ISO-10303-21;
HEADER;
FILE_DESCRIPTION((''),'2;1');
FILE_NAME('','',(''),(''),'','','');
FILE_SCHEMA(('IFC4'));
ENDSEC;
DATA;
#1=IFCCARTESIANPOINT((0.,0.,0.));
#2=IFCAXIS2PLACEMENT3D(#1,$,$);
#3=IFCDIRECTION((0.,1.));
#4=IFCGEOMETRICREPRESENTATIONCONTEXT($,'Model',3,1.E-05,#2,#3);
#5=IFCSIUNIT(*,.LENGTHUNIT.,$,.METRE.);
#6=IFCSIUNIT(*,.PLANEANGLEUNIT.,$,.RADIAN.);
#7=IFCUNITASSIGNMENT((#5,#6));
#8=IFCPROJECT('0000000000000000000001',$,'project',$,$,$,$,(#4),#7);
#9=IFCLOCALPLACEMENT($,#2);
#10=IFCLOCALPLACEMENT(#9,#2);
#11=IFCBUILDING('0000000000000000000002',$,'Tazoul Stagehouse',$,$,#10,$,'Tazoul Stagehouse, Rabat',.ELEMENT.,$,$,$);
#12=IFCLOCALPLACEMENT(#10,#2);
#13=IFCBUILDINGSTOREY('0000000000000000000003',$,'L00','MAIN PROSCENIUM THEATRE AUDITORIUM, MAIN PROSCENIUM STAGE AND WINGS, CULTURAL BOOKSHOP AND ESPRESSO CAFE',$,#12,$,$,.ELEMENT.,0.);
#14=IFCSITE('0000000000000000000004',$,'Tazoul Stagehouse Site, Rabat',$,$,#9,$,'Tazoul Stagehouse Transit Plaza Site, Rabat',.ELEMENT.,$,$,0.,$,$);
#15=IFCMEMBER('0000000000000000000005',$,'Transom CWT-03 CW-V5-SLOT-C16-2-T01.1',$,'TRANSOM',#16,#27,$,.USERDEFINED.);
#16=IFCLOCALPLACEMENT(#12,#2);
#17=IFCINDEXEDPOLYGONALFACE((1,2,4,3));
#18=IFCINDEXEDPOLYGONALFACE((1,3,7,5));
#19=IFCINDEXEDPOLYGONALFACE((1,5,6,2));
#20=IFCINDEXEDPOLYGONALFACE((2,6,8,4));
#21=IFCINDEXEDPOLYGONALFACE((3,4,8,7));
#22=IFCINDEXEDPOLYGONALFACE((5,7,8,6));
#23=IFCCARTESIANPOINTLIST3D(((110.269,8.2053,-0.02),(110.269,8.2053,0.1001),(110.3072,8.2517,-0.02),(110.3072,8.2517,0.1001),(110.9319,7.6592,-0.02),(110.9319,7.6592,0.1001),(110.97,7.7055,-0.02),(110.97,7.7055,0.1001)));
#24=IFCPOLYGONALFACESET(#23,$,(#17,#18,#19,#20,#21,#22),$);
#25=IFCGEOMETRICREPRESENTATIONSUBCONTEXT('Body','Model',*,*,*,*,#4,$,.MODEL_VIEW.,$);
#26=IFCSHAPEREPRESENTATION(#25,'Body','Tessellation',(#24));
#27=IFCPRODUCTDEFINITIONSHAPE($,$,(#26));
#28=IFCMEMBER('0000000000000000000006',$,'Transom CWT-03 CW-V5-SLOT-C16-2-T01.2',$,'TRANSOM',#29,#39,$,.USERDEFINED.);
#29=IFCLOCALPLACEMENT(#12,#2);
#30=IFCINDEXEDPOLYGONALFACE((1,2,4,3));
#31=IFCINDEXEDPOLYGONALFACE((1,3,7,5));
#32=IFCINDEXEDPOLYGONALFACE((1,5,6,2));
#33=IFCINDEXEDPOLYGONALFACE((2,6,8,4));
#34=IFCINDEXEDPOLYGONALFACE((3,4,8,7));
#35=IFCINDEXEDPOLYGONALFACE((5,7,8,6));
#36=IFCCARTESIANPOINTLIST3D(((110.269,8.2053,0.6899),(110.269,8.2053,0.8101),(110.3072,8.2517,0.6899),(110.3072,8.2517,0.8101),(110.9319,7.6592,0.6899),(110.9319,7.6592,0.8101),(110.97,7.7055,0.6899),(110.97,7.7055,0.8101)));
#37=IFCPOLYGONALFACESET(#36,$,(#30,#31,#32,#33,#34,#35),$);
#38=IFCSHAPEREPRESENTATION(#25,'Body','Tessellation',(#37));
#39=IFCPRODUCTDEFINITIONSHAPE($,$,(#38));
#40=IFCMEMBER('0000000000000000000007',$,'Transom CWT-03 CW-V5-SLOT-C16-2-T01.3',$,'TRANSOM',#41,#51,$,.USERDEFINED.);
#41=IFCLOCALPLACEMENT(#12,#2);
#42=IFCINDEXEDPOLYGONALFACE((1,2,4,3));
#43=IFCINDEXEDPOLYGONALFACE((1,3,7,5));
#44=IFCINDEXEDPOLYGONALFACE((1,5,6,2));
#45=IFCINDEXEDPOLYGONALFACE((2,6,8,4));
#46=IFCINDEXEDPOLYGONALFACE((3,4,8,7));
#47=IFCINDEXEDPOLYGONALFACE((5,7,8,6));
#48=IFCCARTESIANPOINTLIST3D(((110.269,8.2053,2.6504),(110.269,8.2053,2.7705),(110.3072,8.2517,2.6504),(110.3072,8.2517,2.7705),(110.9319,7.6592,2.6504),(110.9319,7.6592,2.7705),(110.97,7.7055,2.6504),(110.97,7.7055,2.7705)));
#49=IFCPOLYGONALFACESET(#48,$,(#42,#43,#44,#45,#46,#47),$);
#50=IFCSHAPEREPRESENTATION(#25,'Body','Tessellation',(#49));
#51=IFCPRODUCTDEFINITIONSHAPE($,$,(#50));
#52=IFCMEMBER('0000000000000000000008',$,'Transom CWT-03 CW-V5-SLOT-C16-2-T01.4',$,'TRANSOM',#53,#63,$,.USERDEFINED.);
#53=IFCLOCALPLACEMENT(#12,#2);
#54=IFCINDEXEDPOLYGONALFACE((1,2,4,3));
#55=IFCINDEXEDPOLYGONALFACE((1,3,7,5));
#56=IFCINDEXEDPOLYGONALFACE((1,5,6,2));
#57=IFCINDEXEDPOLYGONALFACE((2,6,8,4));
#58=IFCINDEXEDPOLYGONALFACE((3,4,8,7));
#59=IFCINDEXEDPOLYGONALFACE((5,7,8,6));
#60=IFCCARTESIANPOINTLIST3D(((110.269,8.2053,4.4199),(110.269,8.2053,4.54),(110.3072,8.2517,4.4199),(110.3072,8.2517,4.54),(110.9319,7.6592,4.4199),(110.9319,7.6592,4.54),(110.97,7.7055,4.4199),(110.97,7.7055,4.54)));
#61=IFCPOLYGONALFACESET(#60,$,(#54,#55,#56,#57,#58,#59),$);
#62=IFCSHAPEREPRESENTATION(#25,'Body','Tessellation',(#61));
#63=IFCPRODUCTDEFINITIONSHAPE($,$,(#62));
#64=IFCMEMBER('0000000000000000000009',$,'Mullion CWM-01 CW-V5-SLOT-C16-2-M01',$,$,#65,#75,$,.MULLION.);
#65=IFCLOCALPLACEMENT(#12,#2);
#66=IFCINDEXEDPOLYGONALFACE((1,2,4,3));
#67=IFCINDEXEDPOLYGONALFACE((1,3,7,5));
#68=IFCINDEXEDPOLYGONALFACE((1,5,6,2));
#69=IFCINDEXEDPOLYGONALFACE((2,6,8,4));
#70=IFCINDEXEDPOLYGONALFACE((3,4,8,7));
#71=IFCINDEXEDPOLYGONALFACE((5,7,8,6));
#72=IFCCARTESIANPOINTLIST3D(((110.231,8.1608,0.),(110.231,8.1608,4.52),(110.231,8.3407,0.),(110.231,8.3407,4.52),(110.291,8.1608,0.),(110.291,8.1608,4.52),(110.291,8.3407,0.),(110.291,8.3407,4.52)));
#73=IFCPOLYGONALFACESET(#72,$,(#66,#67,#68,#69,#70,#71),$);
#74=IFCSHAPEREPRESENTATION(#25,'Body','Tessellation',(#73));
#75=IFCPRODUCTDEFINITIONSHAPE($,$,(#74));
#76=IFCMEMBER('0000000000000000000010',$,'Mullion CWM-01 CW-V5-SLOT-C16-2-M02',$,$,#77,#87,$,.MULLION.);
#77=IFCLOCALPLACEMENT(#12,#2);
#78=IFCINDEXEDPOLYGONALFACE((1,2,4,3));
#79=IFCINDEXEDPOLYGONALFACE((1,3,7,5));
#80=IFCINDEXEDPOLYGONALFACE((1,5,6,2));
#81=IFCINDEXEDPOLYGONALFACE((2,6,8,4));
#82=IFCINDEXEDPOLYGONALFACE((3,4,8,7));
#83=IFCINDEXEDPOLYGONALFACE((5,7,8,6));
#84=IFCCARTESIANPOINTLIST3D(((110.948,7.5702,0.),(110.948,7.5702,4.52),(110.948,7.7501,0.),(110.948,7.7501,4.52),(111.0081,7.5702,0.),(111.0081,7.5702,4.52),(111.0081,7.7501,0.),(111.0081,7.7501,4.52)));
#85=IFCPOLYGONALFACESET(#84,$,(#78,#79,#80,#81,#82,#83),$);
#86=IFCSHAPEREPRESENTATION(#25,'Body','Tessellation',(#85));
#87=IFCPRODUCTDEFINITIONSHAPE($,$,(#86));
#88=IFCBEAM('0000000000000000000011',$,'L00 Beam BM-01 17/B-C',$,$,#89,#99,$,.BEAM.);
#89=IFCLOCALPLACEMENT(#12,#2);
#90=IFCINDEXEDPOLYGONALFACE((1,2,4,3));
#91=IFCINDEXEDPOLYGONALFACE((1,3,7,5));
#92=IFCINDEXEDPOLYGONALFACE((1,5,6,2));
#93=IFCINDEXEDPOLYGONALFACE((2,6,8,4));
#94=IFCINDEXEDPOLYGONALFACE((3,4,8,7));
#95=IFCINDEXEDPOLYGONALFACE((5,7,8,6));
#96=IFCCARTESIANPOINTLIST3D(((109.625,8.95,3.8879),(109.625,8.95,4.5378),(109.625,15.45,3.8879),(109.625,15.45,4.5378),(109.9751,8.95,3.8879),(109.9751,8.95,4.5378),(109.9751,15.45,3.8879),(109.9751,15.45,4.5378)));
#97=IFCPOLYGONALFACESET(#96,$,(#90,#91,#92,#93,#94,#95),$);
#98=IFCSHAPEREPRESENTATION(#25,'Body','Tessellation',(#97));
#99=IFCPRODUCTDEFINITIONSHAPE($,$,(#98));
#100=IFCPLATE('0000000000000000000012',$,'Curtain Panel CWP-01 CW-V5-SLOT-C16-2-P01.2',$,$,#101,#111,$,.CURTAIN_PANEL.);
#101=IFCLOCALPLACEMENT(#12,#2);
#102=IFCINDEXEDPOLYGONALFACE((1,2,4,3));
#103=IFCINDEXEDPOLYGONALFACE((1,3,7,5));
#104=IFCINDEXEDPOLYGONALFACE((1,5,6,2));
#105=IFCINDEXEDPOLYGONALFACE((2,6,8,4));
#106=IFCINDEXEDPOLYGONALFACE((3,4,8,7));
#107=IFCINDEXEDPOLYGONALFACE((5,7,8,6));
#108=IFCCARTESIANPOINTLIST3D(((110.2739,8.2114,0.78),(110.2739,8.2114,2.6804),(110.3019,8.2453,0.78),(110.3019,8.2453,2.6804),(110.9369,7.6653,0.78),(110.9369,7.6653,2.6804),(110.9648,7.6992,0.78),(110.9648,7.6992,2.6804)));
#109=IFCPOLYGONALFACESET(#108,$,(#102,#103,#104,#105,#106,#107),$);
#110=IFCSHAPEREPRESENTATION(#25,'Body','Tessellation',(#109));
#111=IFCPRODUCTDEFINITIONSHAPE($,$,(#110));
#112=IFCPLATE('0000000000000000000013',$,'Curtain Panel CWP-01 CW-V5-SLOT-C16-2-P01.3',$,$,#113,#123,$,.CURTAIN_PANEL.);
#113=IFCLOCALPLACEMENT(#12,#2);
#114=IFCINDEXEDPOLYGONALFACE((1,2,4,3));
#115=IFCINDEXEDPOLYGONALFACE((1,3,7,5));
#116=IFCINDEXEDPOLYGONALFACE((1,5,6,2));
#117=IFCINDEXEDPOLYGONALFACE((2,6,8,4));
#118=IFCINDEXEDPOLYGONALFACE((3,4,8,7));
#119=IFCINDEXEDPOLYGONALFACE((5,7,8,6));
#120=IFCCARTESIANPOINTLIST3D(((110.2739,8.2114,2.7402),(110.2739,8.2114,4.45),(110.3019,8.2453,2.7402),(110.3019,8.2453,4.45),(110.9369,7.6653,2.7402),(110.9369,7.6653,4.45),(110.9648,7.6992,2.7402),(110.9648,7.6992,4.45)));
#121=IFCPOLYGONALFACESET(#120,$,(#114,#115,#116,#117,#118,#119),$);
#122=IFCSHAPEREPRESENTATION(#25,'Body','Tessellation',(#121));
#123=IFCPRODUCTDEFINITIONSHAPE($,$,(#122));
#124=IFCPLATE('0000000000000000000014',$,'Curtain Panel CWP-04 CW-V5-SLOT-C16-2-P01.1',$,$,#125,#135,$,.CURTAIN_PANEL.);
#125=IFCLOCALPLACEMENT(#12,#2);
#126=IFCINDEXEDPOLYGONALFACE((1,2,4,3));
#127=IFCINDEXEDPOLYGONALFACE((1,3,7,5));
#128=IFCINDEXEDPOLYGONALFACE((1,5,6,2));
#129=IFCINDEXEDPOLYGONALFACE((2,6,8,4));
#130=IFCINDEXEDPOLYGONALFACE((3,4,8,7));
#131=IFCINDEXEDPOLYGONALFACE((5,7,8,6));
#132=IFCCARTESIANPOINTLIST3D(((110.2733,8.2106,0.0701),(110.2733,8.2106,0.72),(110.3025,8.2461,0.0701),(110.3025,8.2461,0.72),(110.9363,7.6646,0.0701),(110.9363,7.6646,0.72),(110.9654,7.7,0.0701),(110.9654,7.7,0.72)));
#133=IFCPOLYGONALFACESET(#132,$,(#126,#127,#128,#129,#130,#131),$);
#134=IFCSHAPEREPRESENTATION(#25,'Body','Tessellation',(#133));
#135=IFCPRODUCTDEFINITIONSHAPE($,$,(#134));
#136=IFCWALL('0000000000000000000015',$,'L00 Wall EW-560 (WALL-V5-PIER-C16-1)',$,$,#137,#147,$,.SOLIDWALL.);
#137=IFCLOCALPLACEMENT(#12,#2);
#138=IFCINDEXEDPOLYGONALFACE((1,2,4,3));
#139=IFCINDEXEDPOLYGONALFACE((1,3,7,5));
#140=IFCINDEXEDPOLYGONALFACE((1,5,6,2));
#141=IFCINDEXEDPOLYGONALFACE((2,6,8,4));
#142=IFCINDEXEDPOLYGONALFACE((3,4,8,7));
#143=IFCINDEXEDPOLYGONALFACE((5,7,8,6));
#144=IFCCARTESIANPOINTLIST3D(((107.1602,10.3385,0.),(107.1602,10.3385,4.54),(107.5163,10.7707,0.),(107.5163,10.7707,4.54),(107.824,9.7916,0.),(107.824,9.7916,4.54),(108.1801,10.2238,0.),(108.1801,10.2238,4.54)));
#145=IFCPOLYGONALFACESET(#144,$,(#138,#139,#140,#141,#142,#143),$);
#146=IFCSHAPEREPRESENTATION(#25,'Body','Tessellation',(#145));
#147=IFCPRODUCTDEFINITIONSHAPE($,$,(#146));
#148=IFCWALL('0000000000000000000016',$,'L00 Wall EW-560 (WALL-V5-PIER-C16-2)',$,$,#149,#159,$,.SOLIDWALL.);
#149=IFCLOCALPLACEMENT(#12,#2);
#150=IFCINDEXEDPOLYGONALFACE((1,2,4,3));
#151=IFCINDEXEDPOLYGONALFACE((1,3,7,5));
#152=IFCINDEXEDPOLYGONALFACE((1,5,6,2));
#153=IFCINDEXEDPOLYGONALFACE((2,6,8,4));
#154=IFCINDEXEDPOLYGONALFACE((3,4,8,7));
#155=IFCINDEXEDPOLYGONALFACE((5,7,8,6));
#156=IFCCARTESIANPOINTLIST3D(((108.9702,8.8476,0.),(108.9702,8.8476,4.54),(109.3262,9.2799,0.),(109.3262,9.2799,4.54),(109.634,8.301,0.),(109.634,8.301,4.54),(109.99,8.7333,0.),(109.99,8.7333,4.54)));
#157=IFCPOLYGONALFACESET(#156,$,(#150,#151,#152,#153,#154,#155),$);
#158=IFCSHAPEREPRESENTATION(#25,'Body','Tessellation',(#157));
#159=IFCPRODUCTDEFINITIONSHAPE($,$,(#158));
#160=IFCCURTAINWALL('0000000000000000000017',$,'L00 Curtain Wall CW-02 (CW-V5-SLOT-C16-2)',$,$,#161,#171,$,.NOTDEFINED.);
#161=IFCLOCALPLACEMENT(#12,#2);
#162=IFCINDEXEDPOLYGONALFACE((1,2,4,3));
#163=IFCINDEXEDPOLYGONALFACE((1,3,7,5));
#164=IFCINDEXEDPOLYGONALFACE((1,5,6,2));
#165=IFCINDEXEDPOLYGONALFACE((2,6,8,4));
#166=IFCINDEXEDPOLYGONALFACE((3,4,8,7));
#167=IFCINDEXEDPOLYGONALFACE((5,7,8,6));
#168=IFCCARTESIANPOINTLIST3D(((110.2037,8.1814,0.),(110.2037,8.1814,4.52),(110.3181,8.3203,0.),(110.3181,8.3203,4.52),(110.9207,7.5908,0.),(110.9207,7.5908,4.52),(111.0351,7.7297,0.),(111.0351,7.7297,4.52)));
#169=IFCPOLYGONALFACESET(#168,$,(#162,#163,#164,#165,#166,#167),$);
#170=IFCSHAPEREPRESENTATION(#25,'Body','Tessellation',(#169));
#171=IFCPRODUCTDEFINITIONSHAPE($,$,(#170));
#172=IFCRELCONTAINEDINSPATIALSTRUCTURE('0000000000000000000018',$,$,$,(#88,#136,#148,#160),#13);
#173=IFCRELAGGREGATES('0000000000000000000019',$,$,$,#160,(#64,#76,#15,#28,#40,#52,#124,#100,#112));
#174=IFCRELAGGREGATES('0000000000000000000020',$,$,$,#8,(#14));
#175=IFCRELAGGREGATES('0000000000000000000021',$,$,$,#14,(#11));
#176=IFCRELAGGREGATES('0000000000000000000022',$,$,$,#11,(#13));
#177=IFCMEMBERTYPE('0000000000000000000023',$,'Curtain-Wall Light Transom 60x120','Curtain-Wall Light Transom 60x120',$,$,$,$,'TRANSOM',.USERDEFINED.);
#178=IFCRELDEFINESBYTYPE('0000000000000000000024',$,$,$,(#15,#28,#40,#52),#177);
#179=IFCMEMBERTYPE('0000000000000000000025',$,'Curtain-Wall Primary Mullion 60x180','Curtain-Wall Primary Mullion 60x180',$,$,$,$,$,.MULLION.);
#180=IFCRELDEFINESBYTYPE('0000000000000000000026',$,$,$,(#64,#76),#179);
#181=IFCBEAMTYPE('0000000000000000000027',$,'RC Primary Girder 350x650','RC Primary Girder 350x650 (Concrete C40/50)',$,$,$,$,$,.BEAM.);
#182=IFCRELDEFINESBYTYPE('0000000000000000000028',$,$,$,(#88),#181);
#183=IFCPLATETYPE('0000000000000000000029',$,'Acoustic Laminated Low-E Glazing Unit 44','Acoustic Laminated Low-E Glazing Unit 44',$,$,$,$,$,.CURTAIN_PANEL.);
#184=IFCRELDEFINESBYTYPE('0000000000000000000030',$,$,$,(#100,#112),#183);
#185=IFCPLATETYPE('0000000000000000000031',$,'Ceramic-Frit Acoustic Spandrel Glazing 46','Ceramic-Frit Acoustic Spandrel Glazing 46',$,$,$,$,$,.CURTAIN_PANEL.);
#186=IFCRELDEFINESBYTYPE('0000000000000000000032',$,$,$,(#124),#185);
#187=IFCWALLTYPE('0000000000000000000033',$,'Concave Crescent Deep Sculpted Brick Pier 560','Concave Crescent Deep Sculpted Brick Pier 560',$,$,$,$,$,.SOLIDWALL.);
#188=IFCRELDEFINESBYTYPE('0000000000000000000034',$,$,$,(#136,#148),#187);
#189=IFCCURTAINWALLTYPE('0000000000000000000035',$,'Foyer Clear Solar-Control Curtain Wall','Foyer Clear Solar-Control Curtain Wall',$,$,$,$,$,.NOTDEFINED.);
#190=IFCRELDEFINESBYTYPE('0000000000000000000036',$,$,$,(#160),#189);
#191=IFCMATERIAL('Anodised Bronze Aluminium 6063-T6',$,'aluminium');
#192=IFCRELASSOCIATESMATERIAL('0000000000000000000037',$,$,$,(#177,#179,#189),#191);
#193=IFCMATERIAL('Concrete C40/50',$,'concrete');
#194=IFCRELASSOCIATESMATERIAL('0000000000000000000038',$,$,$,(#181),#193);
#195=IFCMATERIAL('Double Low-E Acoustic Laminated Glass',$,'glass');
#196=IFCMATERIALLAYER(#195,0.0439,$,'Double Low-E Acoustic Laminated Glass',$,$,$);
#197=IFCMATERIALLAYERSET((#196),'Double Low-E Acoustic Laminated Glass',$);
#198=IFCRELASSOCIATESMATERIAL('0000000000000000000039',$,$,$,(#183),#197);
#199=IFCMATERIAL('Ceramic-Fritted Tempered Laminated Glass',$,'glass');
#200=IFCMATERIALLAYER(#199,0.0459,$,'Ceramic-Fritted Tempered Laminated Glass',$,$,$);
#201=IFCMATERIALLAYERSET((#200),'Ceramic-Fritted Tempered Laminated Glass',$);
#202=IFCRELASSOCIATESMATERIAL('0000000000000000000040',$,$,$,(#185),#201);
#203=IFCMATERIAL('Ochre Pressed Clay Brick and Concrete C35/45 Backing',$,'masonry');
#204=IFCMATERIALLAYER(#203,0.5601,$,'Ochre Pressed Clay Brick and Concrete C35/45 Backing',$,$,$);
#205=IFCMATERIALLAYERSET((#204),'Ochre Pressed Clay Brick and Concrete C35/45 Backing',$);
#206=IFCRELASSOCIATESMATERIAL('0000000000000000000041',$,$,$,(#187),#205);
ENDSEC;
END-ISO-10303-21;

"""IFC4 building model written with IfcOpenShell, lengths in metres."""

from ifc_helpers import new_model, si_unit, direction, frame, frame_2d, origin, origin_2d, place, context, subcontext, project, spatial, rectangle, extrude, material, layer, layer_set, material_profile, profile_set, type_object, element, aggregate, save


model = new_model("IFC4")

# Units and contexts
model_context = context("Model", 3, precision=1e-05, world=origin(), true_north=direction((0.0, 1.0)))
body_context = subcontext(model_context, "Body", "Model", "MODEL_VIEW")
ifc_project = project(units=[si_unit("LENGTHUNIT", "METRE"), si_unit("PLANEANGLEUNIT", "RADIAN")], contexts=[model_context])

# Site, building, storey
site_placement = place(None, origin())
site = spatial("IfcSite", under=ifc_project, at=site_placement, Name="Tazoul Stagehouse Site, Rabat", LongName="Tazoul Stagehouse Transit Plaza Site, Rabat", CompositionType="ELEMENT", RefElevation=0.0)
building_placement = place(site_placement, origin())
building = spatial("IfcBuilding", under=site, at=building_placement, Name="Tazoul Stagehouse", LongName="Tazoul Stagehouse, Rabat", CompositionType="ELEMENT")
storey_placement = place(building_placement, origin())
storey = spatial("IfcBuildingStorey", under=building, at=storey_placement, Name="L00", Description="MAIN PROSCENIUM THEATRE AUDITORIUM, MAIN PROSCENIUM STAGE AND WINGS, CULTURAL BOOKSHOP AND ESPRESSO CAFE", CompositionType="ELEMENT", Elevation=0.0)

# Shared definitions
ifc_material_1 = material(Name="Concrete C40/50", Category="concrete")

# Members
ifc_material_2 = material(Name="Anodised Bronze Aluminium 6063-T6", Category="aluminium")
ifc_material_profile_1 = material_profile(ifc_material_2, rectangle(XDim=0.0601, YDim=0.1201, at=origin_2d()), Name="ALU TRANSOM 60x120")
ifc_profile_set_1 = profile_set([ifc_material_profile_1], Name="Anodised Bronze Aluminium 6063-T6")
member_type_1 = type_object("IfcMemberType", Name="Curtain-Wall Light Transom 60x120", Description="Curtain-Wall Light Transom 60x120", ElementType="TRANSOM", PredefinedType="USERDEFINED", material=ifc_profile_set_1)
member_1_placement = place(storey_placement, frame((110.2881, 8.2285, 0.04), z_axis=(0.771774, -0.635897, 0.0), x_axis=(0.635897, 0.771774, 0.0)))
member_1 = element("IfcMember", 1, at=member_1_placement, type_object=member_type_1, Name="Transom CWT-03 CW-V5-SLOT-C16-2-T01.1", ObjectType="TRANSOM", PredefinedType="USERDEFINED", context=body_context, shape_type="SweptSolid", body=[
    extrude(rectangle(XDim=0.0601, YDim=0.1201, at=origin_2d()), origin(), (0.0, 0.0, 1.0), 0.8589),
])
member_2_placement = place(storey_placement, frame((110.2881, 8.2285, 0.75), z_axis=(0.771774, -0.635897, 0.0), x_axis=(0.635897, 0.771774, 0.0)))
member_2 = element("IfcMember", 2, at=member_2_placement, type_object=member_type_1, Name="Transom CWT-03 CW-V5-SLOT-C16-2-T01.2", ObjectType="TRANSOM", PredefinedType="USERDEFINED", context=body_context, shape_type="SweptSolid", body=[
    extrude(rectangle(XDim=0.0601, YDim=0.1201, at=origin_2d()), origin(), (0.0, 0.0, 1.0), 0.8589),
])
member_3_placement = place(storey_placement, frame((110.2881, 8.2285, 2.7104), z_axis=(0.771774, -0.635897, 0.0), x_axis=(0.635897, 0.771774, 0.0)))
member_3 = element("IfcMember", 3, at=member_3_placement, type_object=member_type_1, Name="Transom CWT-03 CW-V5-SLOT-C16-2-T01.3", ObjectType="TRANSOM", PredefinedType="USERDEFINED", context=body_context, shape_type="SweptSolid", body=[
    extrude(rectangle(XDim=0.0601, YDim=0.1201, at=origin_2d()), origin(), (0.0, 0.0, 1.0), 0.8589),
])
member_4_placement = place(storey_placement, frame((110.2881, 8.2285, 4.48), z_axis=(0.771774, -0.635897, 0.0), x_axis=(0.635897, 0.771774, 0.0)))
member_4 = element("IfcMember", 4, at=member_4_placement, type_object=member_type_1, Name="Transom CWT-03 CW-V5-SLOT-C16-2-T01.4", ObjectType="TRANSOM", PredefinedType="USERDEFINED", context=body_context, shape_type="SweptSolid", body=[
    extrude(rectangle(XDim=0.0601, YDim=0.1201, at=origin_2d()), origin(), (0.0, 0.0, 1.0), 0.8589),
])
ifc_material_profile_2 = material_profile(ifc_material_2, rectangle(XDim=0.0601, YDim=0.1799, at=origin_2d()), Name="ALU MULLION 60x180")
ifc_profile_set_2 = profile_set([ifc_material_profile_2], Name="Anodised Bronze Aluminium 6063-T6")
member_type_2 = type_object("IfcMemberType", Name="Curtain-Wall Primary Mullion 60x180", Description="Curtain-Wall Primary Mullion 60x180", PredefinedType="MULLION", material=ifc_profile_set_2)
member_5_placement = place(storey_placement, frame((110.261, 8.2507, 0.0), z_axis=(0.0, 0.0, 1.0), x_axis=(1.0, 0.0, 0.0)))
member_5 = element("IfcMember", 5, at=member_5_placement, type_object=member_type_2, Name="Mullion CWM-01 CW-V5-SLOT-C16-2-M01", PredefinedType="MULLION", context=body_context, shape_type="SweptSolid", body=[
    extrude(rectangle(XDim=0.0601, YDim=0.1799, at=origin_2d()), origin(), (0.0, 0.0, 1.0), 4.52),
])
member_6_placement = place(storey_placement, frame((110.978, 7.6602, 0.0), z_axis=(0.0, 0.0, 1.0), x_axis=(1.0, 0.0, 0.0)))
member_6 = element("IfcMember", 6, at=member_6_placement, type_object=member_type_2, Name="Mullion CWM-01 CW-V5-SLOT-C16-2-M02", PredefinedType="MULLION", context=body_context, shape_type="SweptSolid", body=[
    extrude(rectangle(XDim=0.0601, YDim=0.1799, at=origin_2d()), origin(), (0.0, 0.0, 1.0), 4.52),
])

# Beam
ifc_material_profile_3 = material_profile(ifc_material_1, rectangle(XDim=0.3501, YDim=0.6499, at=origin_2d()), Name="RC 350x650")
ifc_profile_set_3 = profile_set([ifc_material_profile_3], Name="Concrete C40/50")
beam_type = type_object("IfcBeamType", Name="RC Primary Girder 350x650", Description="RC Primary Girder 350x650 (Concrete C40/50)", PredefinedType="BEAM", material=ifc_profile_set_3)
beam_placement = place(storey_placement, frame((109.8, 8.95, 4.2129), z_axis=(0.0, 1.0, 0.0), x_axis=(-1.0, 0.0, 0.0)))
element("IfcBeam", 7, at=beam_placement, inside=storey, type_object=beam_type, Name="L00 Beam BM-01 17/B-C", PredefinedType="BEAM", context=body_context, shape_type="SweptSolid", body=[
    extrude(rectangle(XDim=0.3501, YDim=0.6499, at=origin_2d()), origin(), (0.0, 0.0, 1.0), 6.5),
])

# Plates
ifc_material_3 = material(Name="Double Low-E Acoustic Laminated Glass", Category="glass")
ifc_layer_1 = layer(ifc_material_3, 0.0439, Name="Double Low-E Acoustic Laminated Glass")
ifc_layer_set_1 = layer_set([ifc_layer_1], Name="Double Low-E Acoustic Laminated Glass")
plate_type_1 = type_object("IfcPlateType", Name="Acoustic Laminated Low-E Glazing Unit 44", Description="Acoustic Laminated Low-E Glazing Unit 44", PredefinedType="CURTAIN_PANEL", material=ifc_layer_set_1)
plate_1_placement = place(storey_placement, frame((110.6194, 7.9553, 0.78), z_axis=(0.0, 0.0, 1.0), x_axis=(0.771862, -0.63579, 0.0)))
plate_1 = element("IfcPlate", 8, at=plate_1_placement, type_object=plate_type_1, Name="Curtain Panel CWP-01 CW-V5-SLOT-C16-2-P01.2", PredefinedType="CURTAIN_PANEL", context=body_context, shape_type="SweptSolid", body=[
    extrude(rectangle(XDim=0.8589, YDim=0.0439, at=origin_2d()), origin(), (0.0, 0.0, 1.0), 1.9004),
])
plate_2_placement = place(storey_placement, frame((110.6194, 7.9553, 2.7402), z_axis=(0.0, 0.0, 1.0), x_axis=(0.771862, -0.63579, 0.0)))
plate_2 = element("IfcPlate", 9, at=plate_2_placement, type_object=plate_type_1, Name="Curtain Panel CWP-01 CW-V5-SLOT-C16-2-P01.3", PredefinedType="CURTAIN_PANEL", context=body_context, shape_type="SweptSolid", body=[
    extrude(rectangle(XDim=0.8589, YDim=0.0439, at=origin_2d()), origin(), (0.0, 0.0, 1.0), 1.7097),
])
ifc_material_4 = material(Name="Ceramic-Fritted Tempered Laminated Glass", Category="glass")
ifc_layer_2 = layer(ifc_material_4, 0.0459, Name="Ceramic-Fritted Tempered Laminated Glass")
ifc_layer_set_2 = layer_set([ifc_layer_2], Name="Ceramic-Fritted Tempered Laminated Glass")
plate_type_2 = type_object("IfcPlateType", Name="Ceramic-Frit Acoustic Spandrel Glazing 46", Description="Ceramic-Frit Acoustic Spandrel Glazing 46", PredefinedType="CURTAIN_PANEL", material=ifc_layer_set_2)
plate_3_placement = place(storey_placement, frame((110.6194, 7.9553, 0.0701), z_axis=(0.0, 0.0, 1.0), x_axis=(0.771862, -0.63579, 0.0)))
plate_3 = element("IfcPlate", 10, at=plate_3_placement, type_object=plate_type_2, Name="Curtain Panel CWP-04 CW-V5-SLOT-C16-2-P01.1", PredefinedType="CURTAIN_PANEL", context=body_context, shape_type="SweptSolid", body=[
    extrude(rectangle(XDim=0.8589, YDim=0.0459, at=origin_2d()), origin(), (0.0, 0.0, 1.0), 0.6499),
])

# Walls
ifc_material_5 = material(Name="Ochre Pressed Clay Brick and Concrete C35/45 Backing", Category="masonry")
ifc_layer_3 = layer(ifc_material_5, 0.5601, Name="Ochre Pressed Clay Brick and Concrete C35/45 Backing")
ifc_layer_set_3 = layer_set([ifc_layer_3], Name="Ochre Pressed Clay Brick and Concrete C35/45 Backing")
wall_type_1 = type_object("IfcWallType", Name="Concave Crescent Deep Sculpted Brick Pier 560", Description="Concave Crescent Deep Sculpted Brick Pier 560", PredefinedType="SOLIDWALL", material=ifc_layer_set_3)
wall_1_placement = place(storey_placement, frame((107.3381, 10.5547, 0.0), z_axis=(0.0, 0.0, 1.0), x_axis=(0.771816, -0.635847, 0.0)))
element("IfcWall", 11, at=wall_1_placement, inside=storey, type_object=wall_type_1, Name="L00 Wall EW-560 (WALL-V5-PIER-C16-1)", PredefinedType="SOLIDWALL", context=body_context, shape_type="SweptSolid", body=[
    extrude(rectangle(XDim=0.8601, YDim=0.5601, at=frame_2d((0.4302, 0.0))), origin(), (0.0, 0.0, 1.0), 4.54),
])
wall_2_placement = place(storey_placement, frame((109.1482, 9.0637, 0.0), z_axis=(0.0, 0.0, 1.0), x_axis=(0.771955, -0.635677, 0.0)))
element("IfcWall", 12, at=wall_2_placement, inside=storey, type_object=wall_type_1, Name="L00 Wall EW-560 (WALL-V5-PIER-C16-2)", PredefinedType="SOLIDWALL", context=body_context, shape_type="SweptSolid", body=[
    extrude(rectangle(XDim=0.8599, YDim=0.5601, at=frame_2d((0.4299, 0.0))), origin(), (0.0, 0.0, 1.0), 4.54),
])

# Curtain wall
curtain_wall_type = type_object("IfcCurtainWallType", Name="Foyer Clear Solar-Control Curtain Wall", Description="Foyer Clear Solar-Control Curtain Wall", PredefinedType="NOTDEFINED", material=ifc_material_2)
curtain_wall_1_placement = place(storey_placement, frame((110.261, 8.2507, 0.0), z_axis=(0.0, 0.0, 1.0), x_axis=(0.771892, -0.635753, 0.0)))
curtain_wall_1 = element("IfcCurtainWall", 13, at=curtain_wall_1_placement, inside=storey, type_object=curtain_wall_type, Name="L00 Curtain Wall CW-02 (CW-V5-SLOT-C16-2)", PredefinedType="NOTDEFINED", context=body_context, shape_type="SweptSolid", body=[
    extrude(rectangle(XDim=0.929, YDim=0.1799, at=frame_2d((0.4644, 0.0))), origin(), (0.0, 0.0, 1.0), 4.52),
])
aggregate(curtain_wall_1, [member_5, member_6, member_1, member_2, member_3, member_4, plate_3, plate_1, plate_2])

save(model, "model.ifc")
